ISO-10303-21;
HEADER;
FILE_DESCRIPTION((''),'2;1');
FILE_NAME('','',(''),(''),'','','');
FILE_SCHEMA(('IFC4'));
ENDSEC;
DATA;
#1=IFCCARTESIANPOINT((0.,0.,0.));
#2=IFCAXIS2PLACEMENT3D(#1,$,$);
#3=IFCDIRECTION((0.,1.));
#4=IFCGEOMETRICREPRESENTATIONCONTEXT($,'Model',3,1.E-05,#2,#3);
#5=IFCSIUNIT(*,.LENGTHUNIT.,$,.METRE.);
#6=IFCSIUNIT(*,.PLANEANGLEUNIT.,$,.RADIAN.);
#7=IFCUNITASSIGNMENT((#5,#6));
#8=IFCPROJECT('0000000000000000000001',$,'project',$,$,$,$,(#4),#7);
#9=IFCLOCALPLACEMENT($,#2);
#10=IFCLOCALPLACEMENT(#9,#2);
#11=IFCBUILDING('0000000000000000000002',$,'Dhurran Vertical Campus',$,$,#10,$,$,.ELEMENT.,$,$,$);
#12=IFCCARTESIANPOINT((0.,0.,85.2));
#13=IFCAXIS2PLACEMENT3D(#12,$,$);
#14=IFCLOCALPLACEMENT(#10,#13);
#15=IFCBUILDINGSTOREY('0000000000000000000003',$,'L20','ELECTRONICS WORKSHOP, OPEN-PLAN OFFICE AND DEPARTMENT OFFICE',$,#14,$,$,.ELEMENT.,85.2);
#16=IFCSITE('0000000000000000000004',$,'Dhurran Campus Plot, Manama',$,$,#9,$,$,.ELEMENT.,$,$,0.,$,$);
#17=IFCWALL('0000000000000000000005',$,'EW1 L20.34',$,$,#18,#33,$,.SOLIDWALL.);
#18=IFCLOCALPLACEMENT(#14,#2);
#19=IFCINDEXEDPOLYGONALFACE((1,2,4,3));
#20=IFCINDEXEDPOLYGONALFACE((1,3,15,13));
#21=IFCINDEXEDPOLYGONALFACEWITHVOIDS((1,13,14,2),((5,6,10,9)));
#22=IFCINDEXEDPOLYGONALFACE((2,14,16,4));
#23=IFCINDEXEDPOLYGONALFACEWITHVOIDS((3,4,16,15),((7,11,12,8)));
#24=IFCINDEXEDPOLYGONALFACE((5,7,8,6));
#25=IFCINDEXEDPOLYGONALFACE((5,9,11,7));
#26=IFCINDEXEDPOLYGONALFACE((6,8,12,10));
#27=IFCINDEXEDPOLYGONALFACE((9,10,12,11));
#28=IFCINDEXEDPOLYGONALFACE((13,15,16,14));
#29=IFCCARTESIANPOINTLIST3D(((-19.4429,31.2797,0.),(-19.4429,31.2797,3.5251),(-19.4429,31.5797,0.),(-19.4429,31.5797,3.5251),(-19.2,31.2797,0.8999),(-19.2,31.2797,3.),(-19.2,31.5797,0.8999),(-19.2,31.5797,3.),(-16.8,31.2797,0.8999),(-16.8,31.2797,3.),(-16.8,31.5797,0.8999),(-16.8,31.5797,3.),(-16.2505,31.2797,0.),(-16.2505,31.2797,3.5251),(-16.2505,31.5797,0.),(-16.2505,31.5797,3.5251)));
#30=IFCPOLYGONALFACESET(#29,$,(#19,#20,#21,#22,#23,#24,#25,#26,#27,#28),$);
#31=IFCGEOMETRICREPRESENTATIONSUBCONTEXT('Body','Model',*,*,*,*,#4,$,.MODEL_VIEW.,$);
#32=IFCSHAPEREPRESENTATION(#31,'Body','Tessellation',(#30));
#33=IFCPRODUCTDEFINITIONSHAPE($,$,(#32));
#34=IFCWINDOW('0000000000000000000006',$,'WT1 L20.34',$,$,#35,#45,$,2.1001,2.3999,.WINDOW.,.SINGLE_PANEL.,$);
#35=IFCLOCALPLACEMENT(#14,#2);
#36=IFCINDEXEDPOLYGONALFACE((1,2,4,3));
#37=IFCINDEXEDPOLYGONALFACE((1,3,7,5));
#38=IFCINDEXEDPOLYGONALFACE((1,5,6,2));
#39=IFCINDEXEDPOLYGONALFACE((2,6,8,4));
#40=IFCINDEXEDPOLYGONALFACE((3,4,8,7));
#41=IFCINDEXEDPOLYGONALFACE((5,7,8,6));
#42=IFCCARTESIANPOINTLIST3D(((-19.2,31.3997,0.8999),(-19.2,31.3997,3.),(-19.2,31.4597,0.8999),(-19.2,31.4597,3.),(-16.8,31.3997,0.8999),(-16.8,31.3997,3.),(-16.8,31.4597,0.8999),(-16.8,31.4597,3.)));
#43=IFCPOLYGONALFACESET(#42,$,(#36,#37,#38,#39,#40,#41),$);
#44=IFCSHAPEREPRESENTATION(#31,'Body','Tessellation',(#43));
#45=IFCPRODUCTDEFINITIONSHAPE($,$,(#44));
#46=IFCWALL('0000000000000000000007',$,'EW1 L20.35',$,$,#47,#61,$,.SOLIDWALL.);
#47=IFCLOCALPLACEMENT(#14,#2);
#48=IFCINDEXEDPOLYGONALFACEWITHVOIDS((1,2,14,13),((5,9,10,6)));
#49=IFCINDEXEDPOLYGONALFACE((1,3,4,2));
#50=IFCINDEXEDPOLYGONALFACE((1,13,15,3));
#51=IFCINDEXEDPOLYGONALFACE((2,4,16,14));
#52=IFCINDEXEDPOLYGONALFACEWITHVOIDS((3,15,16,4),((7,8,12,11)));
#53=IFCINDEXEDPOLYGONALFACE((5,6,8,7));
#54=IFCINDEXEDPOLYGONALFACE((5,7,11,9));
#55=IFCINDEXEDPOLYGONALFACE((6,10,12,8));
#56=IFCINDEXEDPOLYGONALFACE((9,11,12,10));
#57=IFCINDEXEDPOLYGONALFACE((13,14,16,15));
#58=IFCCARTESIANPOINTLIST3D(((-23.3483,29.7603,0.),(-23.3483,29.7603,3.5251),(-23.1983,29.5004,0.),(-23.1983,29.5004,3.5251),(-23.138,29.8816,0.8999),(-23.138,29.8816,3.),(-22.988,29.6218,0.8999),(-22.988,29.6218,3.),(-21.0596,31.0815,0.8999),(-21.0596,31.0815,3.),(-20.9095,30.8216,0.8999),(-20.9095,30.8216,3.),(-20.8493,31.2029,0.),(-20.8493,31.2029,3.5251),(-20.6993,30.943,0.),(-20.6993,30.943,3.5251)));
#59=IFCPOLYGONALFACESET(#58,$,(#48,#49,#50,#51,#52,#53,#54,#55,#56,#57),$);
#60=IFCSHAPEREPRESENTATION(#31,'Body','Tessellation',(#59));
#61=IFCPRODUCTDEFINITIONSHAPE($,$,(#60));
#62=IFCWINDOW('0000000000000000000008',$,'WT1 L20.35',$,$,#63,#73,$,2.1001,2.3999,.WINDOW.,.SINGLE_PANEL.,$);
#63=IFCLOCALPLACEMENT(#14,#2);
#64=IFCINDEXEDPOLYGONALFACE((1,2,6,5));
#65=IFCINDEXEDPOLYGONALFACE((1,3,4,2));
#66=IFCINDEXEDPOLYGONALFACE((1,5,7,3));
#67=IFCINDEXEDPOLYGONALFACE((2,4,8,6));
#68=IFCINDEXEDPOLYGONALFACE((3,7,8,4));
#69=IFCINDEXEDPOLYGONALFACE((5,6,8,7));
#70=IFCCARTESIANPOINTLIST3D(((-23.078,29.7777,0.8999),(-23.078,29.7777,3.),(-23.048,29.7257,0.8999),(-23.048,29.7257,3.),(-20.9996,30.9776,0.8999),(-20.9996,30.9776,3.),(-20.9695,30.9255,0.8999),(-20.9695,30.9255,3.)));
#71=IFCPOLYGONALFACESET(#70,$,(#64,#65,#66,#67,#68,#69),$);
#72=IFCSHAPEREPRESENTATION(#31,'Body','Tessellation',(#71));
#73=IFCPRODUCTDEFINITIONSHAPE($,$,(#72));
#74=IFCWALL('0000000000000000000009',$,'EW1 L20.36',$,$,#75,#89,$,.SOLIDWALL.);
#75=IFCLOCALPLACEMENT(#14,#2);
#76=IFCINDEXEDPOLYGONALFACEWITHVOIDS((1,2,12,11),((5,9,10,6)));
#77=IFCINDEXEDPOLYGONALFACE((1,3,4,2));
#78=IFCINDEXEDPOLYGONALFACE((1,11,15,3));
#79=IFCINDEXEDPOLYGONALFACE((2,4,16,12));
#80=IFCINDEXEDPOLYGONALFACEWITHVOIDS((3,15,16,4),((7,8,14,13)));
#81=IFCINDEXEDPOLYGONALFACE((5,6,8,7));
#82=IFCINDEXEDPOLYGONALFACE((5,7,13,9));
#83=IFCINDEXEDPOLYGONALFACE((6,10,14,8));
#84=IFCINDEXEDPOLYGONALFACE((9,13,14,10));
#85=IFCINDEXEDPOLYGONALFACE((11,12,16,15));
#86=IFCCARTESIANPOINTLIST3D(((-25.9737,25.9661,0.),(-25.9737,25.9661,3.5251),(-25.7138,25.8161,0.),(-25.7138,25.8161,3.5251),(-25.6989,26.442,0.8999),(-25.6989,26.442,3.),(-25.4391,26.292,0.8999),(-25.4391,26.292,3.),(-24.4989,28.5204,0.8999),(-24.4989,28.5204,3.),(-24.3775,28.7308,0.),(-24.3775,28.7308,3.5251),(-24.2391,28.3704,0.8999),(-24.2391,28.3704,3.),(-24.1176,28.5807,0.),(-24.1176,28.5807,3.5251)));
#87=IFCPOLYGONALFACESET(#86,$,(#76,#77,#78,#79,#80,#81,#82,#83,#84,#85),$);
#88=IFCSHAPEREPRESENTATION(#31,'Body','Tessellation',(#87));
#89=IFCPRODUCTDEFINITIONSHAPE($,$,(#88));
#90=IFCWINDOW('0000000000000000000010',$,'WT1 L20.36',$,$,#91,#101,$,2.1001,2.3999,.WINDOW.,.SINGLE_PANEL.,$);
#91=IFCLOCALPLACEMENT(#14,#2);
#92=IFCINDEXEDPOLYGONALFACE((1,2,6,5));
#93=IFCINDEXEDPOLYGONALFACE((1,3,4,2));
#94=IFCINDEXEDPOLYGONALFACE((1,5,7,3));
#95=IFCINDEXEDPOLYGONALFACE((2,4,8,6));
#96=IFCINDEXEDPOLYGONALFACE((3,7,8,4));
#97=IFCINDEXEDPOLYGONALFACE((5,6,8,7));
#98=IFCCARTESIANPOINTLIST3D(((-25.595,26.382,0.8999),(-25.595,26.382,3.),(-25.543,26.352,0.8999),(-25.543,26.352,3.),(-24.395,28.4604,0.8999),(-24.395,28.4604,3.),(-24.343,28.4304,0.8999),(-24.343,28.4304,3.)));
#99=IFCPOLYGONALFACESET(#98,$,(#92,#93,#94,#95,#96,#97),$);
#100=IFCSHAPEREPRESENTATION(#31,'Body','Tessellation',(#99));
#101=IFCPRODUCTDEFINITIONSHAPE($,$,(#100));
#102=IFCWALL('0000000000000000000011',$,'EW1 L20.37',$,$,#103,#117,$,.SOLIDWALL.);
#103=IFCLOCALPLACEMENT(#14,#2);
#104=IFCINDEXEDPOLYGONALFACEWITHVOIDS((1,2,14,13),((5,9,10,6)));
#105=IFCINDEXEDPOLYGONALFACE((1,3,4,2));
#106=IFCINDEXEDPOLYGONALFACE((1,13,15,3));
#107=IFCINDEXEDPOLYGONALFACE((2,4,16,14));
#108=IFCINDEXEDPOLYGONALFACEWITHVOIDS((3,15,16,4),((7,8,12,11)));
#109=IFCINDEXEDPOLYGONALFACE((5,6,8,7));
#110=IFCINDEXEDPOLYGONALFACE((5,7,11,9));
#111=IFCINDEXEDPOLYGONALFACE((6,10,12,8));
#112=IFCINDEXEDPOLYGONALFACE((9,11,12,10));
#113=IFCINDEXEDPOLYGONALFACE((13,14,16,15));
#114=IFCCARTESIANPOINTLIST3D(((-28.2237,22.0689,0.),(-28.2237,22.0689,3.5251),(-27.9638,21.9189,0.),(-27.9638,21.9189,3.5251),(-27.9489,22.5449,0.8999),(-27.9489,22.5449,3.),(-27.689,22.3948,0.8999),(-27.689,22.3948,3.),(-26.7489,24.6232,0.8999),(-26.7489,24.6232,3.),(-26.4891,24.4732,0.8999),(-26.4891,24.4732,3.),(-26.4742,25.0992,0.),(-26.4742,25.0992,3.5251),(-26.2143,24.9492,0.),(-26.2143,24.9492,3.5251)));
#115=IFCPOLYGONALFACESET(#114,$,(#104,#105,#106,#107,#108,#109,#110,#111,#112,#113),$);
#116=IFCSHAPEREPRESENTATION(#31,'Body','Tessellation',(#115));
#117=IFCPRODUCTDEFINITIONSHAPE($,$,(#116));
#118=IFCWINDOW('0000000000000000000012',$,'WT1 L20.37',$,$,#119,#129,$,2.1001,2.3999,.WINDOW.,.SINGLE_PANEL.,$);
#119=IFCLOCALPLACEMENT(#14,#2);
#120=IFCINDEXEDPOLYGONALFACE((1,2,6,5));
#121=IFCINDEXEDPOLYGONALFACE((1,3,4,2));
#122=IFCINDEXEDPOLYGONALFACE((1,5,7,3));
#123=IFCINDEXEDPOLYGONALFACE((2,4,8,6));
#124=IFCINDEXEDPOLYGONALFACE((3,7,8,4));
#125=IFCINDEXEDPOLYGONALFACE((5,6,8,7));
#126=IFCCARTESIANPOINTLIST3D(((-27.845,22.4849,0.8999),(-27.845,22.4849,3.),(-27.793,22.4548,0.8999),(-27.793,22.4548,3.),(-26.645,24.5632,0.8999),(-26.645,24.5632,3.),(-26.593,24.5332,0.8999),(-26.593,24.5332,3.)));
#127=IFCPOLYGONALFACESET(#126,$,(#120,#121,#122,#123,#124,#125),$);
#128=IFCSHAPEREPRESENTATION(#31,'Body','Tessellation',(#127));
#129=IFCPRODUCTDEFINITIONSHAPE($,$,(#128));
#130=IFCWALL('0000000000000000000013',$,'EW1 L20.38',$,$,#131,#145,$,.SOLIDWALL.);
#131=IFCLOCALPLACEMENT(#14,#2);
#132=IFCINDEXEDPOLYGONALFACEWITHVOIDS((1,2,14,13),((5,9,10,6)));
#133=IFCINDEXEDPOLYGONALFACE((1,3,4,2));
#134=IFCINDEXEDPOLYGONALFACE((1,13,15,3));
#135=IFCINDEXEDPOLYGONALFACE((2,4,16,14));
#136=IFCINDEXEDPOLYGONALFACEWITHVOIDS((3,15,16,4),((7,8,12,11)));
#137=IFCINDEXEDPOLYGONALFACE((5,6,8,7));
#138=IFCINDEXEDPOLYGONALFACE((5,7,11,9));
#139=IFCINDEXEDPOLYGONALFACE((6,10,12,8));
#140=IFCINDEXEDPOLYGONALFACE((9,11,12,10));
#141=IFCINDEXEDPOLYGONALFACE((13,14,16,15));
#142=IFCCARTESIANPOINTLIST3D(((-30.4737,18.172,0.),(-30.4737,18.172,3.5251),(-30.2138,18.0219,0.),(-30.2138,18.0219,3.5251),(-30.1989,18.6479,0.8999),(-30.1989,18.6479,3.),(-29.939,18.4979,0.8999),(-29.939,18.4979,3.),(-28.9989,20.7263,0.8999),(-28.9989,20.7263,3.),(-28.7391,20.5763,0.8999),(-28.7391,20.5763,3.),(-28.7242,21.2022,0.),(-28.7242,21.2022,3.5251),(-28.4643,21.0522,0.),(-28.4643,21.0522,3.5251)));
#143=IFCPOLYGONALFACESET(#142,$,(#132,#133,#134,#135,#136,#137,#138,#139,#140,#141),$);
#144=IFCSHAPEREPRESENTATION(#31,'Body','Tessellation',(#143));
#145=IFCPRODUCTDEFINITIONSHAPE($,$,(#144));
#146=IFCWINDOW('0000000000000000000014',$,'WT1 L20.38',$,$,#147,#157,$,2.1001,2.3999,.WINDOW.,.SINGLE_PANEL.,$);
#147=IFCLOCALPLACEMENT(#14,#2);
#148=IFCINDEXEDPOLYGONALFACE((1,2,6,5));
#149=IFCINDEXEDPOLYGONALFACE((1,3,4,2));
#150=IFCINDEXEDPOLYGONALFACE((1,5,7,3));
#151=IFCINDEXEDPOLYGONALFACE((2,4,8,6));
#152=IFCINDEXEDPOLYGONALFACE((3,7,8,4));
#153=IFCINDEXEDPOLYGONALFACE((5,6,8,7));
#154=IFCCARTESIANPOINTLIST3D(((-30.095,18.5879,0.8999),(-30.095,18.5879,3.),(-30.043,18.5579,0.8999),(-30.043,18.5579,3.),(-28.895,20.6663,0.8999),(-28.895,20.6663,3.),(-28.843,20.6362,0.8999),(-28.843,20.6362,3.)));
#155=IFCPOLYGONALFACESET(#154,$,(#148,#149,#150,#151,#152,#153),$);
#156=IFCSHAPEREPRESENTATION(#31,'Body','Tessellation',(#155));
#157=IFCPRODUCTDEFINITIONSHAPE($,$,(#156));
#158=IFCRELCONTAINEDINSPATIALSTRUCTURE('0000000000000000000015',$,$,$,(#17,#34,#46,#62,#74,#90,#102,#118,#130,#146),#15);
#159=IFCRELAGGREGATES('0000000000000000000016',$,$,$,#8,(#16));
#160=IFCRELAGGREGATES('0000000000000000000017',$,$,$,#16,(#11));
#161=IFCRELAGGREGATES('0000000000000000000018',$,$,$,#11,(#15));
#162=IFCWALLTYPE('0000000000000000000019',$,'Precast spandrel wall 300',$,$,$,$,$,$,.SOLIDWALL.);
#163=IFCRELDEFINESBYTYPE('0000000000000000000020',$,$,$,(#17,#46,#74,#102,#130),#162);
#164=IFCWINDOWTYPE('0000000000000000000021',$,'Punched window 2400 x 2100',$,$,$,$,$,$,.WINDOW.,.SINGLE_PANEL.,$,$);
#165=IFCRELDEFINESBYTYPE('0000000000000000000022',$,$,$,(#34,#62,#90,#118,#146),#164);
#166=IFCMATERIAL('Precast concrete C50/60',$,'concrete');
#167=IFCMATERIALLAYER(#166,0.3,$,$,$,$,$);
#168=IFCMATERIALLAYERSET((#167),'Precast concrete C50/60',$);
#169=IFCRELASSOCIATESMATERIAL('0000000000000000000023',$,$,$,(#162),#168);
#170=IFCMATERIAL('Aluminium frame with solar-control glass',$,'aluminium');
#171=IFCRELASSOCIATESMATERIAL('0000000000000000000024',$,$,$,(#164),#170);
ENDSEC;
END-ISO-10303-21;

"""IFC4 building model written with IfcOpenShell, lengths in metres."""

from ifc_helpers import new_model, si_unit, direction, frame, frame_2d, origin, place, context, subcontext, project, spatial, rectangle, extrude, material, layer, layer_set, type_object, element, fill, save


model = new_model("IFC4")

# Units and contexts
model_context = context("Model", 3, precision=1e-05, world=origin(), true_north=direction((0.0, 1.0)))
body_context = subcontext(model_context, "Body", "Model", "MODEL_VIEW")
ifc_project = project(units=[si_unit("LENGTHUNIT", "METRE"), si_unit("PLANEANGLEUNIT", "RADIAN")], contexts=[model_context])

# Site, building, storey
site_placement = place(None, origin())
site = spatial("IfcSite", under=ifc_project, at=site_placement, Name="Dhurran Campus Plot, Manama", CompositionType="ELEMENT", RefElevation=0.0)
building_placement = place(site_placement, origin())
building = spatial("IfcBuilding", under=site, at=building_placement, Name="Dhurran Vertical Campus", CompositionType="ELEMENT")
storey_placement = place(building_placement, frame((0.0, 0.0, 85.2)))
storey = spatial("IfcBuildingStorey", under=building, at=storey_placement, Name="L20", Description="ELECTRONICS WORKSHOP, OPEN-PLAN OFFICE AND DEPARTMENT OFFICE", CompositionType="ELEMENT", Elevation=85.2)

# Walls, openings, windows
ifc_material_1 = material(Name="Precast concrete C50/60", Category="concrete")
ifc_layer_1 = layer(ifc_material_1, 0.3)
ifc_layer_set_1 = layer_set([ifc_layer_1], Name="Precast concrete C50/60")
wall_type_1 = type_object("IfcWallType", Name="Precast spandrel wall 300", PredefinedType="SOLIDWALL", material=ifc_layer_set_1)
wall_1_placement = place(storey_placement, frame((-16.2505, 31.4297, 0.0), z_axis=(0.0, 0.0, 1.0), x_axis=(-1.0, 0.0, 0.0)))
wall_1 = element("IfcWall", 1, at=wall_1_placement, inside=storey, type_object=wall_type_1, Name="EW1 L20.34", PredefinedType="SOLIDWALL", context=body_context, shape_type="SweptSolid", body=[
    extrude(rectangle(XDim=3.1924, YDim=0.3, at=frame_2d((1.5962, 0.0))), origin(), (0.0, 0.0, 1.0), 3.5251),
])
opening_1_placement = place(wall_1_placement, frame((0.5496, 0.0, 0.8999)))
opening_1 = element("IfcOpeningElement", 2, at=opening_1_placement, cuts=wall_1, PredefinedType="OPENING", context=body_context, shape_type="SweptSolid", body=[
    extrude(rectangle(XDim=2.3999, YDim=2.1001, at=frame_2d((1.2, 1.05))), frame((0.0, 0.1599, 0.0), z_axis=(0.0, -1.0, 0.0), x_axis=(1.0, 0.0, 0.0)), (0.0, 0.0, 1.0), 0.3201),
])
ifc_material_2 = material(Name="Aluminium frame with solar-control glass", Category="aluminium")
window_type = type_object("IfcWindowType", Name="Punched window 2400 x 2100", PartitioningType="SINGLE_PANEL", PredefinedType="WINDOW", material=ifc_material_2)
window_1_placement = place(opening_1_placement, origin())
window_1 = element("IfcWindow", 3, at=window_1_placement, inside=storey, type_object=window_type, Name="WT1 L20.34", OverallHeight=2.1001, OverallWidth=2.3999, PartitioningType="SINGLE_PANEL", PredefinedType="WINDOW", context=body_context, shape_type="SweptSolid", body=[
    extrude(rectangle(XDim=2.3999, YDim=2.1001, at=frame_2d((1.2, 1.05))), frame((0.0, 0.03, 0.0), z_axis=(0.0, -1.0, 0.0), x_axis=(1.0, 0.0, 0.0)), (0.0, 0.0, 1.0), 0.0601),
])
fill(opening_1, window_1)
wall_2_placement = place(storey_placement, frame((-20.7742, 31.073, 0.0), z_axis=(0.0, 0.0, 1.0), x_axis=(-0.866053, -0.499952, 0.0)))
wall_2 = element("IfcWall", 4, at=wall_2_placement, inside=storey, type_object=wall_type_1, Name="EW1 L20.35", PredefinedType="SOLIDWALL", context=body_context, shape_type="SweptSolid", body=[
    extrude(rectangle(XDim=2.8855, YDim=0.3, at=frame_2d((1.4429, 0.0))), origin(), (0.0, 0.0, 1.0), 3.5251),
])
opening_2_placement = place(wall_2_placement, frame((0.2429, 0.0, 0.8999)))
opening_2 = element("IfcOpeningElement", 5, at=opening_2_placement, cuts=wall_2, PredefinedType="OPENING", context=body_context, shape_type="SweptSolid", body=[
    extrude(rectangle(XDim=2.3999, YDim=2.1001, at=frame_2d((1.2, 1.05))), frame((0.0, 0.1599, 0.0), z_axis=(0.0, -1.0, 0.0), x_axis=(1.0, 0.0, 0.0)), (0.0, 0.0, 1.0), 0.3201),
])
window_2_placement = place(opening_2_placement, origin())
window_2 = element("IfcWindow", 6, at=window_2_placement, inside=storey, type_object=window_type, Name="WT1 L20.35", OverallHeight=2.1001, OverallWidth=2.3999, PartitioningType="SINGLE_PANEL", PredefinedType="WINDOW", context=body_context, shape_type="SweptSolid", body=[
    extrude(rectangle(XDim=2.3999, YDim=2.1001, at=frame_2d((1.2, 1.05))), frame((0.0, 0.03, 0.0), z_axis=(0.0, -1.0, 0.0), x_axis=(1.0, 0.0, 0.0)), (0.0, 0.0, 1.0), 0.0601),
])
fill(opening_2, window_2)
wall_3_placement = place(storey_placement, frame((-24.2476, 28.6558, 0.0), z_axis=(0.0, 0.0, 1.0), x_axis=(-0.500005, -0.866023, 0.0)))
wall_3 = element("IfcWall", 7, at=wall_3_placement, inside=storey, type_object=wall_type_1, Name="EW1 L20.36", PredefinedType="SOLIDWALL", context=body_context, shape_type="SweptSolid", body=[
    extrude(rectangle(XDim=3.1924, YDim=0.3, at=frame_2d((1.5962, 0.0))), origin(), (0.0, 0.0, 1.0), 3.5251),
])
opening_3_placement = place(wall_3_placement, frame((0.2429, 0.0, 0.8999)))
opening_3 = element("IfcOpeningElement", 8, at=opening_3_placement, cuts=wall_3, PredefinedType="OPENING", context=body_context, shape_type="SweptSolid", body=[
    extrude(rectangle(XDim=2.3999, YDim=2.1001, at=frame_2d((1.2, 1.05))), frame((0.0, 0.1599, 0.0), z_axis=(0.0, -1.0, 0.0), x_axis=(1.0, 0.0, 0.0)), (0.0, 0.0, 1.0), 0.3201),
])
window_3_placement = place(opening_3_placement, origin())
window_3 = element("IfcWindow", 9, at=window_3_placement, inside=storey, type_object=window_type, Name="WT1 L20.36", OverallHeight=2.1001, OverallWidth=2.3999, PartitioningType="SINGLE_PANEL", PredefinedType="WINDOW", context=body_context, shape_type="SweptSolid", body=[
    extrude(rectangle(XDim=2.3999, YDim=2.1001, at=frame_2d((1.2, 1.05))), frame((0.0, 0.03, 0.0), z_axis=(0.0, -1.0, 0.0), x_axis=(1.0, 0.0, 0.0)), (0.0, 0.0, 1.0), 0.0601),
])
fill(opening_3, window_3)
wall_4_placement = place(storey_placement, frame((-26.3442, 25.0242, 0.0), z_axis=(0.0, 0.0, 1.0), x_axis=(-0.499996, -0.866028, 0.0)))
wall_4 = element("IfcWall", 10, at=wall_4_placement, inside=storey, type_object=wall_type_1, Name="EW1 L20.37", PredefinedType="SOLIDWALL", context=body_context, shape_type="SweptSolid", body=[
    extrude(rectangle(XDim=3.499, YDim=0.3, at=frame_2d((1.7495, 0.0))), origin(), (0.0, 0.0, 1.0), 3.5251),
])
opening_4_placement = place(wall_4_placement, frame((0.5496, 0.0, 0.8999)))
opening_4 = element("IfcOpeningElement", 11, at=opening_4_placement, cuts=wall_4, PredefinedType="OPENING", context=body_context, shape_type="SweptSolid", body=[
    extrude(rectangle(XDim=2.3999, YDim=2.1001, at=frame_2d((1.2, 1.05))), frame((0.0, 0.1599, 0.0), z_axis=(0.0, -1.0, 0.0), x_axis=(1.0, 0.0, 0.0)), (0.0, 0.0, 1.0), 0.3201),
])
window_4_placement = place(opening_4_placement, origin())
window_4 = element("IfcWindow", 12, at=window_4_placement, inside=storey, type_object=window_type, Name="WT1 L20.37", OverallHeight=2.1001, OverallWidth=2.3999, PartitioningType="SINGLE_PANEL", PredefinedType="WINDOW", context=body_context, shape_type="SweptSolid", body=[
    extrude(rectangle(XDim=2.3999, YDim=2.1001, at=frame_2d((1.2, 1.05))), frame((0.0, 0.03, 0.0), z_axis=(0.0, -1.0, 0.0), x_axis=(1.0, 0.0, 0.0)), (0.0, 0.0, 1.0), 0.0601),
])
fill(opening_4, window_4)
wall_5_placement = place(storey_placement, frame((-28.5942, 21.1272, 0.0), z_axis=(0.0, 0.0, 1.0), x_axis=(-0.499996, -0.866028, 0.0)))
wall_5 = element("IfcWall", 13, at=wall_5_placement, inside=storey, type_object=wall_type_1, Name="EW1 L20.38", PredefinedType="SOLIDWALL", context=body_context, shape_type="SweptSolid", body=[
    extrude(rectangle(XDim=3.499, YDim=0.3, at=frame_2d((1.7495, 0.0))), origin(), (0.0, 0.0, 1.0), 3.5251),
])
opening_5_placement = place(wall_5_placement, frame((0.5496, 0.0, 0.8999)))
opening_5 = element("IfcOpeningElement", 14, at=opening_5_placement, cuts=wall_5, PredefinedType="OPENING", context=body_context, shape_type="SweptSolid", body=[
    extrude(rectangle(XDim=2.3999, YDim=2.1001, at=frame_2d((1.2, 1.05))), frame((0.0, 0.1599, 0.0), z_axis=(0.0, -1.0, 0.0), x_axis=(1.0, 0.0, 0.0)), (0.0, 0.0, 1.0), 0.3201),
])
window_5_placement = place(opening_5_placement, origin())
window_5 = element("IfcWindow", 15, at=window_5_placement, inside=storey, type_object=window_type, Name="WT1 L20.38", OverallHeight=2.1001, OverallWidth=2.3999, PartitioningType="SINGLE_PANEL", PredefinedType="WINDOW", context=body_context, shape_type="SweptSolid", body=[
    extrude(rectangle(XDim=2.3999, YDim=2.1001, at=frame_2d((1.2, 1.05))), frame((0.0, 0.03, 0.0), z_axis=(0.0, -1.0, 0.0), x_axis=(1.0, 0.0, 0.0)), (0.0, 0.0, 1.0), 0.0601),
])
fill(opening_5, window_5)

save(model, "model.ifc")
